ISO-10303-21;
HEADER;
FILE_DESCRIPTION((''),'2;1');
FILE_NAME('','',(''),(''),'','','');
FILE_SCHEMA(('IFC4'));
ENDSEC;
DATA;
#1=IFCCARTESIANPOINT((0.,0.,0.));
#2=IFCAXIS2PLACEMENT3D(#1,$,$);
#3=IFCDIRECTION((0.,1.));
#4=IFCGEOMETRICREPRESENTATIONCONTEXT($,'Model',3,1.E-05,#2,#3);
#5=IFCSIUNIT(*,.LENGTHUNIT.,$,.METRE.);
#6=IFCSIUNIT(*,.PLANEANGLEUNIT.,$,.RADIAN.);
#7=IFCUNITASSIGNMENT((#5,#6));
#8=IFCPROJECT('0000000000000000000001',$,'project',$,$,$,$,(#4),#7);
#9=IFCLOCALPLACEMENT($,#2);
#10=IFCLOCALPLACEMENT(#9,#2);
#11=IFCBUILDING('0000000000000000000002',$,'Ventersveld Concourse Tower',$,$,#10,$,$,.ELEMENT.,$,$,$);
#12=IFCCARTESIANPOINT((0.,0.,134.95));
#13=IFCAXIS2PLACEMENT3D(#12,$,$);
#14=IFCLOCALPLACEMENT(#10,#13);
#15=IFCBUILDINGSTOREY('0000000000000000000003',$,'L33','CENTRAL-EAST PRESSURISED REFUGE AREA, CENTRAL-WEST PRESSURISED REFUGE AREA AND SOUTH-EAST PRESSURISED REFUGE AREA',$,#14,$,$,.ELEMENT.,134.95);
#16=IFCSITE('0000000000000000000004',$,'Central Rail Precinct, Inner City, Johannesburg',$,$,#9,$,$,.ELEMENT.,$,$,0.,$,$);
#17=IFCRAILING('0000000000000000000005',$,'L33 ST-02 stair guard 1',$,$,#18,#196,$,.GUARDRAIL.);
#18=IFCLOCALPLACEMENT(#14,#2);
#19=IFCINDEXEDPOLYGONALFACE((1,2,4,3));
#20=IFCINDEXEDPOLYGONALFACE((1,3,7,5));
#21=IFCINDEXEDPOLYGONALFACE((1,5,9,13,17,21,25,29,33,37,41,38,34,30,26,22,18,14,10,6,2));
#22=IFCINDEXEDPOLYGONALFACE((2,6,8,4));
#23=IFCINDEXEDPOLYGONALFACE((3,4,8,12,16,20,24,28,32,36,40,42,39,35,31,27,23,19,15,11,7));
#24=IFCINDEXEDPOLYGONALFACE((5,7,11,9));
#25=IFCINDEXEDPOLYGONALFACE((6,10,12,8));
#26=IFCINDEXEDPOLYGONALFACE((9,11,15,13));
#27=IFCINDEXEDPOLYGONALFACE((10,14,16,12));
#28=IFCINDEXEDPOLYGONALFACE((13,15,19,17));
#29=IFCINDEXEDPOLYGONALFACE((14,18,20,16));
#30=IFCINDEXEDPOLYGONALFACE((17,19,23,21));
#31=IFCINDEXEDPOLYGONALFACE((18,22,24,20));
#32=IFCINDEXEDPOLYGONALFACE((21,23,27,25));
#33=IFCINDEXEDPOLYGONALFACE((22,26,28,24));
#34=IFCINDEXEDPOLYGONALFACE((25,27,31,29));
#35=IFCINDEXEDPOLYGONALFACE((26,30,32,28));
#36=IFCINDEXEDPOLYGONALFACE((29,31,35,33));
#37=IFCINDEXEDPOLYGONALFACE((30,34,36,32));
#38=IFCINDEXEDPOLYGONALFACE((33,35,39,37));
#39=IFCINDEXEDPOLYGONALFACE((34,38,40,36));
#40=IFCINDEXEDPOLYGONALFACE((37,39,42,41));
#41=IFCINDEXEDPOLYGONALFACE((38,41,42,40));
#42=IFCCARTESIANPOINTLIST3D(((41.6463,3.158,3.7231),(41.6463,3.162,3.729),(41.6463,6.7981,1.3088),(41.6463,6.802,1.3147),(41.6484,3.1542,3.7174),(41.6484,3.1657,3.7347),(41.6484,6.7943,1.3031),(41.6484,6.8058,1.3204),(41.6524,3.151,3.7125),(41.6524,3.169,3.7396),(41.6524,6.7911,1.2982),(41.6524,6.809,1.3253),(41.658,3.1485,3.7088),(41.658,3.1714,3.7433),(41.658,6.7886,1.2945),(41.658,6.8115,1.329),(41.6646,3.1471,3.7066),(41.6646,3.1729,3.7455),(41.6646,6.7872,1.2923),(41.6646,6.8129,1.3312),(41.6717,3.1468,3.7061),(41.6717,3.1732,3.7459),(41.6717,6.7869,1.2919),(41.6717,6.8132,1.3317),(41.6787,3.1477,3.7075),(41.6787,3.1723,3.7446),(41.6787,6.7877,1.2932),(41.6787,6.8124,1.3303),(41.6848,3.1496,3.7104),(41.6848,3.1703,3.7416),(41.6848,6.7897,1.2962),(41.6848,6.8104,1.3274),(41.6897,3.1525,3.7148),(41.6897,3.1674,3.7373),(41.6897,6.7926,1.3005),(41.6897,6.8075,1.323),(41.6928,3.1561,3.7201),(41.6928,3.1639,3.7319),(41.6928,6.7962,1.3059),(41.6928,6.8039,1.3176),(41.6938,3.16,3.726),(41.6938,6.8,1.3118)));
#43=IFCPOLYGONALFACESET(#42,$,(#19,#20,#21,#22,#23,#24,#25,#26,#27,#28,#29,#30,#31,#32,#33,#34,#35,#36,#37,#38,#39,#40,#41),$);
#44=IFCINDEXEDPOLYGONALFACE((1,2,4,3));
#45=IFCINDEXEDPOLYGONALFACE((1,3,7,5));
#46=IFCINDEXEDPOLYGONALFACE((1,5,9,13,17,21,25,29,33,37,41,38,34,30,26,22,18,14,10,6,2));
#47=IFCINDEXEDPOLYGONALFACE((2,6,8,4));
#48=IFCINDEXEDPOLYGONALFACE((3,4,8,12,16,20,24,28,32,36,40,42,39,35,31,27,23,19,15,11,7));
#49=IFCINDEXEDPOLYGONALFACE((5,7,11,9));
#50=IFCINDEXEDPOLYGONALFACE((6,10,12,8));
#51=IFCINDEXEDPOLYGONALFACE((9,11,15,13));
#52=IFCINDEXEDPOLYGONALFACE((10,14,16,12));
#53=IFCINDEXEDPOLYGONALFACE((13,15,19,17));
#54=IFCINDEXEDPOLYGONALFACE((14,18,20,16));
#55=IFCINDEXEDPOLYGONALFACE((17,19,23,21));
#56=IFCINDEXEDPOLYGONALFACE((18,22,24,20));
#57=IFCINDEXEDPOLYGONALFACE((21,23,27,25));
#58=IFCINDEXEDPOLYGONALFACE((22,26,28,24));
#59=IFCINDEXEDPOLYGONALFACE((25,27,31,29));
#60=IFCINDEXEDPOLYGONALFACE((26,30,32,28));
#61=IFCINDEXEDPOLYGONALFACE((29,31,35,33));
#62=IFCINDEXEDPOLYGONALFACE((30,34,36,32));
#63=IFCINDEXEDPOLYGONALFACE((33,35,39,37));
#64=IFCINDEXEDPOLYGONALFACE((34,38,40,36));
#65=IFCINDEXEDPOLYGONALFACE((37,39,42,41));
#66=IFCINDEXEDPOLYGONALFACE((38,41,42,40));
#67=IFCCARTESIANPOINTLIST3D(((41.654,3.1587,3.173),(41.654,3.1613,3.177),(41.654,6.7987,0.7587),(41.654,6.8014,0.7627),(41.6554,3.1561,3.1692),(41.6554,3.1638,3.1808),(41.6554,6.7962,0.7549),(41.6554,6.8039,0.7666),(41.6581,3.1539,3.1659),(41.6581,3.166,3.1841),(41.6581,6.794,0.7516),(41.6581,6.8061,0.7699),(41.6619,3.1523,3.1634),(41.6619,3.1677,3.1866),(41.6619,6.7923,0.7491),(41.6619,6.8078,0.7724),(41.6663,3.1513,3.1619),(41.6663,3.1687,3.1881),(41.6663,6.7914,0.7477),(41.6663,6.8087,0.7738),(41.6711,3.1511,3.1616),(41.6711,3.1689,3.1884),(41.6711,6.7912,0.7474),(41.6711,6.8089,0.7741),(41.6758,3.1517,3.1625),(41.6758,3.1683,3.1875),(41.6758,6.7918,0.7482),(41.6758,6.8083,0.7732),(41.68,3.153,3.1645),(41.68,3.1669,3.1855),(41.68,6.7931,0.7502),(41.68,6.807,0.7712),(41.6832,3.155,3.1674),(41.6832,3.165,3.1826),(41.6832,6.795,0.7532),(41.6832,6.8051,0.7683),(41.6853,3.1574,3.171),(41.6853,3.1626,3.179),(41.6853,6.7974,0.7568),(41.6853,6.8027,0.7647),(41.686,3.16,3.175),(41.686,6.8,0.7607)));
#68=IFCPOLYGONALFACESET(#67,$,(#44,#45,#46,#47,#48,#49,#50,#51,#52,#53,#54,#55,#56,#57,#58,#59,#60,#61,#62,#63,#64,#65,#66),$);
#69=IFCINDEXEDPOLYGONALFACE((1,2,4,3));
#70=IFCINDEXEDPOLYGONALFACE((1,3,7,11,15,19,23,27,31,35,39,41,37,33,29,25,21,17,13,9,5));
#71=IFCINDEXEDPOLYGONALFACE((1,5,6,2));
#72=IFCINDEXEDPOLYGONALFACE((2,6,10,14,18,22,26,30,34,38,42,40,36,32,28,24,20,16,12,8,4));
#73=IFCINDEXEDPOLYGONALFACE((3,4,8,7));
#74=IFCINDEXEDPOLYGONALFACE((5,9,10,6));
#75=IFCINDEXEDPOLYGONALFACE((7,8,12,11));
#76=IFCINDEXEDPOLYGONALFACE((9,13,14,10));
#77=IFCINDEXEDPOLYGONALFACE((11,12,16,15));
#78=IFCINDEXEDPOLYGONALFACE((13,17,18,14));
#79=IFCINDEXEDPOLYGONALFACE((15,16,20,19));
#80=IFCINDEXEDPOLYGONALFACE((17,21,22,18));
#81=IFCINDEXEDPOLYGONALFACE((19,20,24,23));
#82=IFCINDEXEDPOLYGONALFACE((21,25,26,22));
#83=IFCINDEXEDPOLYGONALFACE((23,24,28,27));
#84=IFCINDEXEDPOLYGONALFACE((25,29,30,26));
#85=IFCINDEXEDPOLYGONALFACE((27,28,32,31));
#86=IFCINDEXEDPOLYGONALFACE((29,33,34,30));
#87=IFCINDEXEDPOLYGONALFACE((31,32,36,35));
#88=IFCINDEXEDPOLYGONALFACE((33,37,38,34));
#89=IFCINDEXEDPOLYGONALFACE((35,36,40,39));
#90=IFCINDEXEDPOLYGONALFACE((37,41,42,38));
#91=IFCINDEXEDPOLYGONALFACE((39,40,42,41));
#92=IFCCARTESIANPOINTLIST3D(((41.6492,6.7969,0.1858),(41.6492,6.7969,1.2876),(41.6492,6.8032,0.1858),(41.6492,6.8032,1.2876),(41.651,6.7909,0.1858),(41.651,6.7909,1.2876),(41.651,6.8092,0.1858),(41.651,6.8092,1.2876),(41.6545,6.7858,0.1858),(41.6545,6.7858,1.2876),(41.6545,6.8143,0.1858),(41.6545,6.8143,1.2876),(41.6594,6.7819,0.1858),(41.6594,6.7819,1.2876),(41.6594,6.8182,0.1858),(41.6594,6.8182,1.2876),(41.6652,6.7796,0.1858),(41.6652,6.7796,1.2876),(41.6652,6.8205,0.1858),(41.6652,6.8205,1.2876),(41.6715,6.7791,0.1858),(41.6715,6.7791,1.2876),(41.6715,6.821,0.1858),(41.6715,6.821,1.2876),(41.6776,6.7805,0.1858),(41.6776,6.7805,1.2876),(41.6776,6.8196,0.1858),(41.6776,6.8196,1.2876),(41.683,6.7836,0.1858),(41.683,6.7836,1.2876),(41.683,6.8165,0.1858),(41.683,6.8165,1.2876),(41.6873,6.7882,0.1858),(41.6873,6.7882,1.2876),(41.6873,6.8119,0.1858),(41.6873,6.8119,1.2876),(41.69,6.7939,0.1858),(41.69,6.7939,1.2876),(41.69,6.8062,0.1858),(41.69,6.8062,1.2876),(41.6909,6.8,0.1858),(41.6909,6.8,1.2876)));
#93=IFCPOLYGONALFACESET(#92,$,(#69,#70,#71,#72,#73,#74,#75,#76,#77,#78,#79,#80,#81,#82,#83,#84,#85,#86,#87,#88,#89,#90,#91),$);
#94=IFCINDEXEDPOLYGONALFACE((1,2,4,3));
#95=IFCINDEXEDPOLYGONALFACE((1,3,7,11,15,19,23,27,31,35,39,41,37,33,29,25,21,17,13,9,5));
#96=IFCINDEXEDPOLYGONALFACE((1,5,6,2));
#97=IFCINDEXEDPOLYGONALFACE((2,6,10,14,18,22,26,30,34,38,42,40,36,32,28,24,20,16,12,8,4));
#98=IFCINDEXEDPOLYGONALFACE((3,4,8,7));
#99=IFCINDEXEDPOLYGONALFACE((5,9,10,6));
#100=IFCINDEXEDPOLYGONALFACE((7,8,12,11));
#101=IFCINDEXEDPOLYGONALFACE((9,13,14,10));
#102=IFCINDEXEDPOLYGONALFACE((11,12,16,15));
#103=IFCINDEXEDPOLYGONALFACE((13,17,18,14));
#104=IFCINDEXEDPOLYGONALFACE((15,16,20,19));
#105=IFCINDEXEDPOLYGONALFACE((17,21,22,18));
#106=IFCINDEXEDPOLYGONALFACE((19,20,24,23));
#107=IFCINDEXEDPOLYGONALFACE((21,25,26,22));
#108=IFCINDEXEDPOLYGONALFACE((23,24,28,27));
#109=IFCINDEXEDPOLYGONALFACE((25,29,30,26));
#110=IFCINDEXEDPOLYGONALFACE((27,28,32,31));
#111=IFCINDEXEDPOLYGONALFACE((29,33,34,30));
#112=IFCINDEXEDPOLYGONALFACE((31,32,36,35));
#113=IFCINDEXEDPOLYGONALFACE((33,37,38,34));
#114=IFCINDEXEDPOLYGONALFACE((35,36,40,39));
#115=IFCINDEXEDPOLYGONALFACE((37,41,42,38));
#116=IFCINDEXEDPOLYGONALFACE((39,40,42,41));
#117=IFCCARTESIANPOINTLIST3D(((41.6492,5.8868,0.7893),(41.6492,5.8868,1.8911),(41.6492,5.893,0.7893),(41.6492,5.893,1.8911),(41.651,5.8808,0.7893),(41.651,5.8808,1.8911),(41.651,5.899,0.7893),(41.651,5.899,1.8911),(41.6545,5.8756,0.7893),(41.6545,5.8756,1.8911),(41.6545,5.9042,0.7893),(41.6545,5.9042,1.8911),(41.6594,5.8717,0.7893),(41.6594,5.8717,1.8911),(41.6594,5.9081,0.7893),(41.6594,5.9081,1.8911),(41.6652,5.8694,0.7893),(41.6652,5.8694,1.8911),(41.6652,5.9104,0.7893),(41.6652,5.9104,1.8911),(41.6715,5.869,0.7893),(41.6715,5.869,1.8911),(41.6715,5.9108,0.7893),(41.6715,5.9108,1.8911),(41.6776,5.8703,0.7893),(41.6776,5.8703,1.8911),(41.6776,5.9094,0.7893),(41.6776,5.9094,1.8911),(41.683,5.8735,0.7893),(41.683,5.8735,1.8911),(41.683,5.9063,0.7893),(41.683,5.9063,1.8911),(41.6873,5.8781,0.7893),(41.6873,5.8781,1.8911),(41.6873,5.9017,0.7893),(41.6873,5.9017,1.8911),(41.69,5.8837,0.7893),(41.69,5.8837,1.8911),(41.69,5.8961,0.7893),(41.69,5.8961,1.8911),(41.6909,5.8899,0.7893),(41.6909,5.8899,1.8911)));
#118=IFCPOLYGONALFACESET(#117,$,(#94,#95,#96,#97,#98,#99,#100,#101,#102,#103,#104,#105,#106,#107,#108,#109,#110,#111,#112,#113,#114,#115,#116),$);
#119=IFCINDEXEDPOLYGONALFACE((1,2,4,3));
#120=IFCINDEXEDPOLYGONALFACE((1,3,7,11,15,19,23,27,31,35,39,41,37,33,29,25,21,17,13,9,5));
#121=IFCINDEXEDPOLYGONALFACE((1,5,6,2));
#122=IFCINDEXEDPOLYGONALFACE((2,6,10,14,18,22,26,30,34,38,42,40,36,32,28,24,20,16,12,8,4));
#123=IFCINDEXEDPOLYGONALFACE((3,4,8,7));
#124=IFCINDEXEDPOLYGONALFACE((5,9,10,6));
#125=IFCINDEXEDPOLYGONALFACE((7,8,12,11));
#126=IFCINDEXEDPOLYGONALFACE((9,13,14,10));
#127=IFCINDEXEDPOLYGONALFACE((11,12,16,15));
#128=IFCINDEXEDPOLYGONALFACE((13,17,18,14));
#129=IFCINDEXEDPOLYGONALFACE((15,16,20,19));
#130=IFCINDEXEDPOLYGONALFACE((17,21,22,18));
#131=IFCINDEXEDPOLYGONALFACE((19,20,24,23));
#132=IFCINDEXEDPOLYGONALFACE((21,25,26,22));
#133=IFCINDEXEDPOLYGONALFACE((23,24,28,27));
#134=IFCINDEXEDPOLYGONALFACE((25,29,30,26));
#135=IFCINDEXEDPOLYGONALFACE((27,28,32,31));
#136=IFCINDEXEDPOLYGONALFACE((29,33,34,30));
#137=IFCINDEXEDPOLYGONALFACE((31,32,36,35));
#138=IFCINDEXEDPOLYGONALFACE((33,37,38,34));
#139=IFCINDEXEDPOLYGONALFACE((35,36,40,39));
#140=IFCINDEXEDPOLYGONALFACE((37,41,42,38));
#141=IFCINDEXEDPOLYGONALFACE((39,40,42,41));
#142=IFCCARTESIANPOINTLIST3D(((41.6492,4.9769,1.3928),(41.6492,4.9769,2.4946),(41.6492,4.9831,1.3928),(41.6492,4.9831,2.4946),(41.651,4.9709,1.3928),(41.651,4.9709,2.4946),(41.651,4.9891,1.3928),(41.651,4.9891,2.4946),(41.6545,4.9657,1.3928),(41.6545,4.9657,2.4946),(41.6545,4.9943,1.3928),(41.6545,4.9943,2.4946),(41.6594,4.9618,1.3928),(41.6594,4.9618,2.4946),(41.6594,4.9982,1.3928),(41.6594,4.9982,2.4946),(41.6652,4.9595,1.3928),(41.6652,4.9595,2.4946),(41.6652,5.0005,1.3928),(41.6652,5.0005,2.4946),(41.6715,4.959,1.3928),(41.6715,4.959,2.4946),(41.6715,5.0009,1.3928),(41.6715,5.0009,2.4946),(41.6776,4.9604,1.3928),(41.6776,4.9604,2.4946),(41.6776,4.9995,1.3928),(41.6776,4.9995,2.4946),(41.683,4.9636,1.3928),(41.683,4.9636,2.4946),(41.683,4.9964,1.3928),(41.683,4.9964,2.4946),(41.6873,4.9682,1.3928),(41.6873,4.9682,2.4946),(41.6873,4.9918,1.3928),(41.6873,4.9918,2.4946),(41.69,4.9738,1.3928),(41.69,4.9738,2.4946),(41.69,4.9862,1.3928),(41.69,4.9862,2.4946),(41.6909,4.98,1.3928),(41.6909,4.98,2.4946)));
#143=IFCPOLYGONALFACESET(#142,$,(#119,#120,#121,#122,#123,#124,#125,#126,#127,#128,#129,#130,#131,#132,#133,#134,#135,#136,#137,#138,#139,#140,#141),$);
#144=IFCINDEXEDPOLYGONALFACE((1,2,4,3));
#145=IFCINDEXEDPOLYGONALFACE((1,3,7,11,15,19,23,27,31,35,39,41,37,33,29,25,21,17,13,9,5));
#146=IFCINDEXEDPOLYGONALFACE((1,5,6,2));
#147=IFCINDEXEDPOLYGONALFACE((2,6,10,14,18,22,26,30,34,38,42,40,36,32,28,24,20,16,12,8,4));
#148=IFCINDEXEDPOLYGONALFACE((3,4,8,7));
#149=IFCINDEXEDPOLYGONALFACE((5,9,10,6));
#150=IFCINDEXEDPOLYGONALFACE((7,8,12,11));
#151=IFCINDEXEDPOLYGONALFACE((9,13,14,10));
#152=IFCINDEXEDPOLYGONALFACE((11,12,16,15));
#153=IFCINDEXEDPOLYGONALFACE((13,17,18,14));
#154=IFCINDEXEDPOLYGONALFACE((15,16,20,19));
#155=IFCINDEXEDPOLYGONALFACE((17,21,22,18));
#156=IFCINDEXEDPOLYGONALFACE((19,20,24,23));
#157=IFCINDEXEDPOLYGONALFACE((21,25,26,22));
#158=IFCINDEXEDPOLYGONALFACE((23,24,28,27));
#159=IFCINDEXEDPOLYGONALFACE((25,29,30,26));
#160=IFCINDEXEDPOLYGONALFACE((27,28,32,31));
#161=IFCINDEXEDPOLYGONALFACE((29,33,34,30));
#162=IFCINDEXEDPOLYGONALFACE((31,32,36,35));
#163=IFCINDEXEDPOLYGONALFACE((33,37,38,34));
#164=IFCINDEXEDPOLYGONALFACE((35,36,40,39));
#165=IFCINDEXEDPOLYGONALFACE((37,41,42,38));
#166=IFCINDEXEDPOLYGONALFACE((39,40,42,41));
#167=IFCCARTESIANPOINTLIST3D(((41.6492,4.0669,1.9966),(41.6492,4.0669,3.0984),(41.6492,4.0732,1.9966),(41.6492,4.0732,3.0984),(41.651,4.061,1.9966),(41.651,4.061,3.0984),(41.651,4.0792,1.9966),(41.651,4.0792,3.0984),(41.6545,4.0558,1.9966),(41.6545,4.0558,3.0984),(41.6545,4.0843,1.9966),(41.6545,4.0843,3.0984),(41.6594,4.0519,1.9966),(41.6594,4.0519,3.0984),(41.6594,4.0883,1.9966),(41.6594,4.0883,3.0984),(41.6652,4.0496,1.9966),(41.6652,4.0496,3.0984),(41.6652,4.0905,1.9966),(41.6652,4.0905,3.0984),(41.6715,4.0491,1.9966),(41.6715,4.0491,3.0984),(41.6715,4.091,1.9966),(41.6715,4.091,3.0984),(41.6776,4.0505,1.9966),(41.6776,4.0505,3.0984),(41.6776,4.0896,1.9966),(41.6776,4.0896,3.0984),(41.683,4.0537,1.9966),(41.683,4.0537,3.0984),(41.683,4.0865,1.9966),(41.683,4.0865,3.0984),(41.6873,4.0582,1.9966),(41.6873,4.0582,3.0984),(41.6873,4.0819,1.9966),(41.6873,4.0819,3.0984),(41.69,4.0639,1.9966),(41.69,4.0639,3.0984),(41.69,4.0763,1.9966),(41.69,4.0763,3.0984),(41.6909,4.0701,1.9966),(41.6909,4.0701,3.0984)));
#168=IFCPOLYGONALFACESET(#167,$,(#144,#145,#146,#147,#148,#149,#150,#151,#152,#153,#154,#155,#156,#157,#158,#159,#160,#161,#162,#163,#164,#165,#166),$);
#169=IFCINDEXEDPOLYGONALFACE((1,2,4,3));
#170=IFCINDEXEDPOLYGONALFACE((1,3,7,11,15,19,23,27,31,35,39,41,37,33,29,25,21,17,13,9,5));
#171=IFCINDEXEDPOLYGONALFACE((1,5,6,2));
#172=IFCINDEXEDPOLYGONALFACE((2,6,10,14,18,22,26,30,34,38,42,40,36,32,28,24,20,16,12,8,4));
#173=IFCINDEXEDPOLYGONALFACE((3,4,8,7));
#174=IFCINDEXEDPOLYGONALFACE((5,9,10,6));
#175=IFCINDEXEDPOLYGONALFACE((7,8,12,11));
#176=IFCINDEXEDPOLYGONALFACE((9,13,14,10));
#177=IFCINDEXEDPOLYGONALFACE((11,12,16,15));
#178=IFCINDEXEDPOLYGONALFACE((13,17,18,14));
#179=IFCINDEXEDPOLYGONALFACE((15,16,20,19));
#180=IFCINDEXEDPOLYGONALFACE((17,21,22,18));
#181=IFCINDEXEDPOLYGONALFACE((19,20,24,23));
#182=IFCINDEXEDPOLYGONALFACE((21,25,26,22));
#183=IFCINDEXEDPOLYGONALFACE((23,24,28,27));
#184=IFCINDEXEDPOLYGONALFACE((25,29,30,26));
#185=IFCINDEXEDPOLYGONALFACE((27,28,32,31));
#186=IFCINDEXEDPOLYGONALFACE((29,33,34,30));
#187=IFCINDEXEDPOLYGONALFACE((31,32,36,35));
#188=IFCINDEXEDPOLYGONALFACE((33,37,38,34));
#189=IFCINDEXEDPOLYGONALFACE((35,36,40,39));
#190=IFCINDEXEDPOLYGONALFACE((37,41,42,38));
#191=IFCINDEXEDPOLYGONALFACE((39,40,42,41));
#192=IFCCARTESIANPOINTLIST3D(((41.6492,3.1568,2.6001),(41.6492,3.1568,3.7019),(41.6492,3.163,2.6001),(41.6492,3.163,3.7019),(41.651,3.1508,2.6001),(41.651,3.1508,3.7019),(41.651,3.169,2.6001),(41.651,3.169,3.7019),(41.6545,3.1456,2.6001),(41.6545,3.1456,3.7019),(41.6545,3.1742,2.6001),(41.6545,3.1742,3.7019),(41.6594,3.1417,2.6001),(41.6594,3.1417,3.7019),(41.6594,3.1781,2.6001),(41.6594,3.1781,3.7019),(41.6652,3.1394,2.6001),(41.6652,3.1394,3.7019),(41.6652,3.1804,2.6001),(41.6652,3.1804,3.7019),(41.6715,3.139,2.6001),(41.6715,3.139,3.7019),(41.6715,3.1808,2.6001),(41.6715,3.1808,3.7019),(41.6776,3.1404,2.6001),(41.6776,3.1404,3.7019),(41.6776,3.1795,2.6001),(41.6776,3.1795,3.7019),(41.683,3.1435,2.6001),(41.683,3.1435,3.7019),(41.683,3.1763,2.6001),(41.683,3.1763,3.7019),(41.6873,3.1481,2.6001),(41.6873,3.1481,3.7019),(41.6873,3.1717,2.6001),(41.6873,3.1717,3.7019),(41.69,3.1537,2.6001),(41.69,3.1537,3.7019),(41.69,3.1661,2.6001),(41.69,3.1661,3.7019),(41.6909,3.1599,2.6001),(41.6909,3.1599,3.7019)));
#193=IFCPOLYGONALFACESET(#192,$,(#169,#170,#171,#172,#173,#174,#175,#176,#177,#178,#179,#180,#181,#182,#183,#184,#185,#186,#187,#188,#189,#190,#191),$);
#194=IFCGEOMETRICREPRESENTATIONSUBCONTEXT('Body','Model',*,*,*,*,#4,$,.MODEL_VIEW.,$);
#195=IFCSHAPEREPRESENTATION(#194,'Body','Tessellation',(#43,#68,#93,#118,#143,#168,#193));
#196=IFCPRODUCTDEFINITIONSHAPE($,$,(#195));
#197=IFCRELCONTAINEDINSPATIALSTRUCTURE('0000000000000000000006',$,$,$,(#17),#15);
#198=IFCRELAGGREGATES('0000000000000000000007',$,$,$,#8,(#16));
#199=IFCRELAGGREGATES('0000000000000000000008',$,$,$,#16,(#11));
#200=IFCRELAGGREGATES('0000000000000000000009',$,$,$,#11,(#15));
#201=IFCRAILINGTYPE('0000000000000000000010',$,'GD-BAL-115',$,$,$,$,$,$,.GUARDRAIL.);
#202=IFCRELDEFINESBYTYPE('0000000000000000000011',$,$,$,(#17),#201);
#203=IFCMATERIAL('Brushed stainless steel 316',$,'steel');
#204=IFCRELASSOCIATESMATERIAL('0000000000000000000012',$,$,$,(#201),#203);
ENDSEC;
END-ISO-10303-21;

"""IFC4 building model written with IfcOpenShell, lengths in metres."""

from ifc_helpers import new_model, si_unit, direction, frame, origin, origin_2d, place, context, subcontext, project, spatial, circle, extrude, material, type_object, element, save


model = new_model("IFC4")

# Units and contexts
model_context = context("Model", 3, precision=1e-05, world=origin(), true_north=direction((0.0, 1.0)))
body_context = subcontext(model_context, "Body", "Model", "MODEL_VIEW")
ifc_project = project(units=[si_unit("LENGTHUNIT", "METRE"), si_unit("PLANEANGLEUNIT", "RADIAN")], contexts=[model_context])

# Site, building, storey
site_placement = place(None, origin())
site = spatial("IfcSite", under=ifc_project, at=site_placement, Name="Central Rail Precinct, Inner City, Johannesburg", CompositionType="ELEMENT", RefElevation=0.0)
building_placement = place(site_placement, origin())
building = spatial("IfcBuilding", under=site, at=building_placement, Name="Ventersveld Concourse Tower", CompositionType="ELEMENT")
storey_placement = place(building_placement, frame((0.0, 0.0, 134.95)))
storey = spatial("IfcBuildingStorey", under=building, at=storey_placement, Name="L33", Description="CENTRAL-EAST PRESSURISED REFUGE AREA, CENTRAL-WEST PRESSURISED REFUGE AREA AND SOUTH-EAST PRESSURISED REFUGE AREA", CompositionType="ELEMENT", Elevation=134.95)

# Railing
ifc_material_1 = material(Name="Brushed stainless steel 316", Category="steel")
railing_type_1 = type_object("IfcRailingType", Name="GD-BAL-115", PredefinedType="GUARDRAIL", material=ifc_material_1)
railing_1_placement = place(storey_placement, frame((41.6699, 6.8, 0.1858)))
element("IfcRailing", 1, at=railing_1_placement, inside=storey, type_object=railing_type_1, Name="L33 ST-02 stair guard 1", PredefinedType="GUARDRAIL", context=body_context, shape_type="SweptSolid", body=[
    extrude(circle(Radius=0.0239, at=origin_2d()), frame((0.0, 0.0, 1.126), z_axis=(0.0, -0.833364, 0.552725), x_axis=(1.0, 0.0, 0.0)), (0.0, 0.0, 1.0), 4.3679),
    extrude(circle(Radius=0.0161, at=origin_2d()), frame((0.0, 0.0, 0.575), z_axis=(0.0, -0.833364, 0.552725), x_axis=(1.0, 0.0, 0.0)), (0.0, 0.0, 1.0), 4.3679),
    extrude(circle(Radius=0.021, at=origin_2d()), origin(), (0.0, 0.0, 1.0), 1.1018),
    extrude(circle(Radius=0.021, at=origin_2d()), frame((0.0, -0.9102, 0.6035)), (0.0, 0.0, 1.0), 1.1018),
    extrude(circle(Radius=0.021, at=origin_2d()), frame((0.0, -1.8201, 1.207)), (0.0, 0.0, 1.0), 1.1018),
    extrude(circle(Radius=0.021, at=origin_2d()), frame((0.0, -2.73, 1.8108)), (0.0, 0.0, 1.0), 1.1018),
    extrude(circle(Radius=0.021, at=origin_2d()), frame((0.0, -3.6401, 2.4143)), (0.0, 0.0, 1.0), 1.1018),
])

save(model, "model.ifc")
